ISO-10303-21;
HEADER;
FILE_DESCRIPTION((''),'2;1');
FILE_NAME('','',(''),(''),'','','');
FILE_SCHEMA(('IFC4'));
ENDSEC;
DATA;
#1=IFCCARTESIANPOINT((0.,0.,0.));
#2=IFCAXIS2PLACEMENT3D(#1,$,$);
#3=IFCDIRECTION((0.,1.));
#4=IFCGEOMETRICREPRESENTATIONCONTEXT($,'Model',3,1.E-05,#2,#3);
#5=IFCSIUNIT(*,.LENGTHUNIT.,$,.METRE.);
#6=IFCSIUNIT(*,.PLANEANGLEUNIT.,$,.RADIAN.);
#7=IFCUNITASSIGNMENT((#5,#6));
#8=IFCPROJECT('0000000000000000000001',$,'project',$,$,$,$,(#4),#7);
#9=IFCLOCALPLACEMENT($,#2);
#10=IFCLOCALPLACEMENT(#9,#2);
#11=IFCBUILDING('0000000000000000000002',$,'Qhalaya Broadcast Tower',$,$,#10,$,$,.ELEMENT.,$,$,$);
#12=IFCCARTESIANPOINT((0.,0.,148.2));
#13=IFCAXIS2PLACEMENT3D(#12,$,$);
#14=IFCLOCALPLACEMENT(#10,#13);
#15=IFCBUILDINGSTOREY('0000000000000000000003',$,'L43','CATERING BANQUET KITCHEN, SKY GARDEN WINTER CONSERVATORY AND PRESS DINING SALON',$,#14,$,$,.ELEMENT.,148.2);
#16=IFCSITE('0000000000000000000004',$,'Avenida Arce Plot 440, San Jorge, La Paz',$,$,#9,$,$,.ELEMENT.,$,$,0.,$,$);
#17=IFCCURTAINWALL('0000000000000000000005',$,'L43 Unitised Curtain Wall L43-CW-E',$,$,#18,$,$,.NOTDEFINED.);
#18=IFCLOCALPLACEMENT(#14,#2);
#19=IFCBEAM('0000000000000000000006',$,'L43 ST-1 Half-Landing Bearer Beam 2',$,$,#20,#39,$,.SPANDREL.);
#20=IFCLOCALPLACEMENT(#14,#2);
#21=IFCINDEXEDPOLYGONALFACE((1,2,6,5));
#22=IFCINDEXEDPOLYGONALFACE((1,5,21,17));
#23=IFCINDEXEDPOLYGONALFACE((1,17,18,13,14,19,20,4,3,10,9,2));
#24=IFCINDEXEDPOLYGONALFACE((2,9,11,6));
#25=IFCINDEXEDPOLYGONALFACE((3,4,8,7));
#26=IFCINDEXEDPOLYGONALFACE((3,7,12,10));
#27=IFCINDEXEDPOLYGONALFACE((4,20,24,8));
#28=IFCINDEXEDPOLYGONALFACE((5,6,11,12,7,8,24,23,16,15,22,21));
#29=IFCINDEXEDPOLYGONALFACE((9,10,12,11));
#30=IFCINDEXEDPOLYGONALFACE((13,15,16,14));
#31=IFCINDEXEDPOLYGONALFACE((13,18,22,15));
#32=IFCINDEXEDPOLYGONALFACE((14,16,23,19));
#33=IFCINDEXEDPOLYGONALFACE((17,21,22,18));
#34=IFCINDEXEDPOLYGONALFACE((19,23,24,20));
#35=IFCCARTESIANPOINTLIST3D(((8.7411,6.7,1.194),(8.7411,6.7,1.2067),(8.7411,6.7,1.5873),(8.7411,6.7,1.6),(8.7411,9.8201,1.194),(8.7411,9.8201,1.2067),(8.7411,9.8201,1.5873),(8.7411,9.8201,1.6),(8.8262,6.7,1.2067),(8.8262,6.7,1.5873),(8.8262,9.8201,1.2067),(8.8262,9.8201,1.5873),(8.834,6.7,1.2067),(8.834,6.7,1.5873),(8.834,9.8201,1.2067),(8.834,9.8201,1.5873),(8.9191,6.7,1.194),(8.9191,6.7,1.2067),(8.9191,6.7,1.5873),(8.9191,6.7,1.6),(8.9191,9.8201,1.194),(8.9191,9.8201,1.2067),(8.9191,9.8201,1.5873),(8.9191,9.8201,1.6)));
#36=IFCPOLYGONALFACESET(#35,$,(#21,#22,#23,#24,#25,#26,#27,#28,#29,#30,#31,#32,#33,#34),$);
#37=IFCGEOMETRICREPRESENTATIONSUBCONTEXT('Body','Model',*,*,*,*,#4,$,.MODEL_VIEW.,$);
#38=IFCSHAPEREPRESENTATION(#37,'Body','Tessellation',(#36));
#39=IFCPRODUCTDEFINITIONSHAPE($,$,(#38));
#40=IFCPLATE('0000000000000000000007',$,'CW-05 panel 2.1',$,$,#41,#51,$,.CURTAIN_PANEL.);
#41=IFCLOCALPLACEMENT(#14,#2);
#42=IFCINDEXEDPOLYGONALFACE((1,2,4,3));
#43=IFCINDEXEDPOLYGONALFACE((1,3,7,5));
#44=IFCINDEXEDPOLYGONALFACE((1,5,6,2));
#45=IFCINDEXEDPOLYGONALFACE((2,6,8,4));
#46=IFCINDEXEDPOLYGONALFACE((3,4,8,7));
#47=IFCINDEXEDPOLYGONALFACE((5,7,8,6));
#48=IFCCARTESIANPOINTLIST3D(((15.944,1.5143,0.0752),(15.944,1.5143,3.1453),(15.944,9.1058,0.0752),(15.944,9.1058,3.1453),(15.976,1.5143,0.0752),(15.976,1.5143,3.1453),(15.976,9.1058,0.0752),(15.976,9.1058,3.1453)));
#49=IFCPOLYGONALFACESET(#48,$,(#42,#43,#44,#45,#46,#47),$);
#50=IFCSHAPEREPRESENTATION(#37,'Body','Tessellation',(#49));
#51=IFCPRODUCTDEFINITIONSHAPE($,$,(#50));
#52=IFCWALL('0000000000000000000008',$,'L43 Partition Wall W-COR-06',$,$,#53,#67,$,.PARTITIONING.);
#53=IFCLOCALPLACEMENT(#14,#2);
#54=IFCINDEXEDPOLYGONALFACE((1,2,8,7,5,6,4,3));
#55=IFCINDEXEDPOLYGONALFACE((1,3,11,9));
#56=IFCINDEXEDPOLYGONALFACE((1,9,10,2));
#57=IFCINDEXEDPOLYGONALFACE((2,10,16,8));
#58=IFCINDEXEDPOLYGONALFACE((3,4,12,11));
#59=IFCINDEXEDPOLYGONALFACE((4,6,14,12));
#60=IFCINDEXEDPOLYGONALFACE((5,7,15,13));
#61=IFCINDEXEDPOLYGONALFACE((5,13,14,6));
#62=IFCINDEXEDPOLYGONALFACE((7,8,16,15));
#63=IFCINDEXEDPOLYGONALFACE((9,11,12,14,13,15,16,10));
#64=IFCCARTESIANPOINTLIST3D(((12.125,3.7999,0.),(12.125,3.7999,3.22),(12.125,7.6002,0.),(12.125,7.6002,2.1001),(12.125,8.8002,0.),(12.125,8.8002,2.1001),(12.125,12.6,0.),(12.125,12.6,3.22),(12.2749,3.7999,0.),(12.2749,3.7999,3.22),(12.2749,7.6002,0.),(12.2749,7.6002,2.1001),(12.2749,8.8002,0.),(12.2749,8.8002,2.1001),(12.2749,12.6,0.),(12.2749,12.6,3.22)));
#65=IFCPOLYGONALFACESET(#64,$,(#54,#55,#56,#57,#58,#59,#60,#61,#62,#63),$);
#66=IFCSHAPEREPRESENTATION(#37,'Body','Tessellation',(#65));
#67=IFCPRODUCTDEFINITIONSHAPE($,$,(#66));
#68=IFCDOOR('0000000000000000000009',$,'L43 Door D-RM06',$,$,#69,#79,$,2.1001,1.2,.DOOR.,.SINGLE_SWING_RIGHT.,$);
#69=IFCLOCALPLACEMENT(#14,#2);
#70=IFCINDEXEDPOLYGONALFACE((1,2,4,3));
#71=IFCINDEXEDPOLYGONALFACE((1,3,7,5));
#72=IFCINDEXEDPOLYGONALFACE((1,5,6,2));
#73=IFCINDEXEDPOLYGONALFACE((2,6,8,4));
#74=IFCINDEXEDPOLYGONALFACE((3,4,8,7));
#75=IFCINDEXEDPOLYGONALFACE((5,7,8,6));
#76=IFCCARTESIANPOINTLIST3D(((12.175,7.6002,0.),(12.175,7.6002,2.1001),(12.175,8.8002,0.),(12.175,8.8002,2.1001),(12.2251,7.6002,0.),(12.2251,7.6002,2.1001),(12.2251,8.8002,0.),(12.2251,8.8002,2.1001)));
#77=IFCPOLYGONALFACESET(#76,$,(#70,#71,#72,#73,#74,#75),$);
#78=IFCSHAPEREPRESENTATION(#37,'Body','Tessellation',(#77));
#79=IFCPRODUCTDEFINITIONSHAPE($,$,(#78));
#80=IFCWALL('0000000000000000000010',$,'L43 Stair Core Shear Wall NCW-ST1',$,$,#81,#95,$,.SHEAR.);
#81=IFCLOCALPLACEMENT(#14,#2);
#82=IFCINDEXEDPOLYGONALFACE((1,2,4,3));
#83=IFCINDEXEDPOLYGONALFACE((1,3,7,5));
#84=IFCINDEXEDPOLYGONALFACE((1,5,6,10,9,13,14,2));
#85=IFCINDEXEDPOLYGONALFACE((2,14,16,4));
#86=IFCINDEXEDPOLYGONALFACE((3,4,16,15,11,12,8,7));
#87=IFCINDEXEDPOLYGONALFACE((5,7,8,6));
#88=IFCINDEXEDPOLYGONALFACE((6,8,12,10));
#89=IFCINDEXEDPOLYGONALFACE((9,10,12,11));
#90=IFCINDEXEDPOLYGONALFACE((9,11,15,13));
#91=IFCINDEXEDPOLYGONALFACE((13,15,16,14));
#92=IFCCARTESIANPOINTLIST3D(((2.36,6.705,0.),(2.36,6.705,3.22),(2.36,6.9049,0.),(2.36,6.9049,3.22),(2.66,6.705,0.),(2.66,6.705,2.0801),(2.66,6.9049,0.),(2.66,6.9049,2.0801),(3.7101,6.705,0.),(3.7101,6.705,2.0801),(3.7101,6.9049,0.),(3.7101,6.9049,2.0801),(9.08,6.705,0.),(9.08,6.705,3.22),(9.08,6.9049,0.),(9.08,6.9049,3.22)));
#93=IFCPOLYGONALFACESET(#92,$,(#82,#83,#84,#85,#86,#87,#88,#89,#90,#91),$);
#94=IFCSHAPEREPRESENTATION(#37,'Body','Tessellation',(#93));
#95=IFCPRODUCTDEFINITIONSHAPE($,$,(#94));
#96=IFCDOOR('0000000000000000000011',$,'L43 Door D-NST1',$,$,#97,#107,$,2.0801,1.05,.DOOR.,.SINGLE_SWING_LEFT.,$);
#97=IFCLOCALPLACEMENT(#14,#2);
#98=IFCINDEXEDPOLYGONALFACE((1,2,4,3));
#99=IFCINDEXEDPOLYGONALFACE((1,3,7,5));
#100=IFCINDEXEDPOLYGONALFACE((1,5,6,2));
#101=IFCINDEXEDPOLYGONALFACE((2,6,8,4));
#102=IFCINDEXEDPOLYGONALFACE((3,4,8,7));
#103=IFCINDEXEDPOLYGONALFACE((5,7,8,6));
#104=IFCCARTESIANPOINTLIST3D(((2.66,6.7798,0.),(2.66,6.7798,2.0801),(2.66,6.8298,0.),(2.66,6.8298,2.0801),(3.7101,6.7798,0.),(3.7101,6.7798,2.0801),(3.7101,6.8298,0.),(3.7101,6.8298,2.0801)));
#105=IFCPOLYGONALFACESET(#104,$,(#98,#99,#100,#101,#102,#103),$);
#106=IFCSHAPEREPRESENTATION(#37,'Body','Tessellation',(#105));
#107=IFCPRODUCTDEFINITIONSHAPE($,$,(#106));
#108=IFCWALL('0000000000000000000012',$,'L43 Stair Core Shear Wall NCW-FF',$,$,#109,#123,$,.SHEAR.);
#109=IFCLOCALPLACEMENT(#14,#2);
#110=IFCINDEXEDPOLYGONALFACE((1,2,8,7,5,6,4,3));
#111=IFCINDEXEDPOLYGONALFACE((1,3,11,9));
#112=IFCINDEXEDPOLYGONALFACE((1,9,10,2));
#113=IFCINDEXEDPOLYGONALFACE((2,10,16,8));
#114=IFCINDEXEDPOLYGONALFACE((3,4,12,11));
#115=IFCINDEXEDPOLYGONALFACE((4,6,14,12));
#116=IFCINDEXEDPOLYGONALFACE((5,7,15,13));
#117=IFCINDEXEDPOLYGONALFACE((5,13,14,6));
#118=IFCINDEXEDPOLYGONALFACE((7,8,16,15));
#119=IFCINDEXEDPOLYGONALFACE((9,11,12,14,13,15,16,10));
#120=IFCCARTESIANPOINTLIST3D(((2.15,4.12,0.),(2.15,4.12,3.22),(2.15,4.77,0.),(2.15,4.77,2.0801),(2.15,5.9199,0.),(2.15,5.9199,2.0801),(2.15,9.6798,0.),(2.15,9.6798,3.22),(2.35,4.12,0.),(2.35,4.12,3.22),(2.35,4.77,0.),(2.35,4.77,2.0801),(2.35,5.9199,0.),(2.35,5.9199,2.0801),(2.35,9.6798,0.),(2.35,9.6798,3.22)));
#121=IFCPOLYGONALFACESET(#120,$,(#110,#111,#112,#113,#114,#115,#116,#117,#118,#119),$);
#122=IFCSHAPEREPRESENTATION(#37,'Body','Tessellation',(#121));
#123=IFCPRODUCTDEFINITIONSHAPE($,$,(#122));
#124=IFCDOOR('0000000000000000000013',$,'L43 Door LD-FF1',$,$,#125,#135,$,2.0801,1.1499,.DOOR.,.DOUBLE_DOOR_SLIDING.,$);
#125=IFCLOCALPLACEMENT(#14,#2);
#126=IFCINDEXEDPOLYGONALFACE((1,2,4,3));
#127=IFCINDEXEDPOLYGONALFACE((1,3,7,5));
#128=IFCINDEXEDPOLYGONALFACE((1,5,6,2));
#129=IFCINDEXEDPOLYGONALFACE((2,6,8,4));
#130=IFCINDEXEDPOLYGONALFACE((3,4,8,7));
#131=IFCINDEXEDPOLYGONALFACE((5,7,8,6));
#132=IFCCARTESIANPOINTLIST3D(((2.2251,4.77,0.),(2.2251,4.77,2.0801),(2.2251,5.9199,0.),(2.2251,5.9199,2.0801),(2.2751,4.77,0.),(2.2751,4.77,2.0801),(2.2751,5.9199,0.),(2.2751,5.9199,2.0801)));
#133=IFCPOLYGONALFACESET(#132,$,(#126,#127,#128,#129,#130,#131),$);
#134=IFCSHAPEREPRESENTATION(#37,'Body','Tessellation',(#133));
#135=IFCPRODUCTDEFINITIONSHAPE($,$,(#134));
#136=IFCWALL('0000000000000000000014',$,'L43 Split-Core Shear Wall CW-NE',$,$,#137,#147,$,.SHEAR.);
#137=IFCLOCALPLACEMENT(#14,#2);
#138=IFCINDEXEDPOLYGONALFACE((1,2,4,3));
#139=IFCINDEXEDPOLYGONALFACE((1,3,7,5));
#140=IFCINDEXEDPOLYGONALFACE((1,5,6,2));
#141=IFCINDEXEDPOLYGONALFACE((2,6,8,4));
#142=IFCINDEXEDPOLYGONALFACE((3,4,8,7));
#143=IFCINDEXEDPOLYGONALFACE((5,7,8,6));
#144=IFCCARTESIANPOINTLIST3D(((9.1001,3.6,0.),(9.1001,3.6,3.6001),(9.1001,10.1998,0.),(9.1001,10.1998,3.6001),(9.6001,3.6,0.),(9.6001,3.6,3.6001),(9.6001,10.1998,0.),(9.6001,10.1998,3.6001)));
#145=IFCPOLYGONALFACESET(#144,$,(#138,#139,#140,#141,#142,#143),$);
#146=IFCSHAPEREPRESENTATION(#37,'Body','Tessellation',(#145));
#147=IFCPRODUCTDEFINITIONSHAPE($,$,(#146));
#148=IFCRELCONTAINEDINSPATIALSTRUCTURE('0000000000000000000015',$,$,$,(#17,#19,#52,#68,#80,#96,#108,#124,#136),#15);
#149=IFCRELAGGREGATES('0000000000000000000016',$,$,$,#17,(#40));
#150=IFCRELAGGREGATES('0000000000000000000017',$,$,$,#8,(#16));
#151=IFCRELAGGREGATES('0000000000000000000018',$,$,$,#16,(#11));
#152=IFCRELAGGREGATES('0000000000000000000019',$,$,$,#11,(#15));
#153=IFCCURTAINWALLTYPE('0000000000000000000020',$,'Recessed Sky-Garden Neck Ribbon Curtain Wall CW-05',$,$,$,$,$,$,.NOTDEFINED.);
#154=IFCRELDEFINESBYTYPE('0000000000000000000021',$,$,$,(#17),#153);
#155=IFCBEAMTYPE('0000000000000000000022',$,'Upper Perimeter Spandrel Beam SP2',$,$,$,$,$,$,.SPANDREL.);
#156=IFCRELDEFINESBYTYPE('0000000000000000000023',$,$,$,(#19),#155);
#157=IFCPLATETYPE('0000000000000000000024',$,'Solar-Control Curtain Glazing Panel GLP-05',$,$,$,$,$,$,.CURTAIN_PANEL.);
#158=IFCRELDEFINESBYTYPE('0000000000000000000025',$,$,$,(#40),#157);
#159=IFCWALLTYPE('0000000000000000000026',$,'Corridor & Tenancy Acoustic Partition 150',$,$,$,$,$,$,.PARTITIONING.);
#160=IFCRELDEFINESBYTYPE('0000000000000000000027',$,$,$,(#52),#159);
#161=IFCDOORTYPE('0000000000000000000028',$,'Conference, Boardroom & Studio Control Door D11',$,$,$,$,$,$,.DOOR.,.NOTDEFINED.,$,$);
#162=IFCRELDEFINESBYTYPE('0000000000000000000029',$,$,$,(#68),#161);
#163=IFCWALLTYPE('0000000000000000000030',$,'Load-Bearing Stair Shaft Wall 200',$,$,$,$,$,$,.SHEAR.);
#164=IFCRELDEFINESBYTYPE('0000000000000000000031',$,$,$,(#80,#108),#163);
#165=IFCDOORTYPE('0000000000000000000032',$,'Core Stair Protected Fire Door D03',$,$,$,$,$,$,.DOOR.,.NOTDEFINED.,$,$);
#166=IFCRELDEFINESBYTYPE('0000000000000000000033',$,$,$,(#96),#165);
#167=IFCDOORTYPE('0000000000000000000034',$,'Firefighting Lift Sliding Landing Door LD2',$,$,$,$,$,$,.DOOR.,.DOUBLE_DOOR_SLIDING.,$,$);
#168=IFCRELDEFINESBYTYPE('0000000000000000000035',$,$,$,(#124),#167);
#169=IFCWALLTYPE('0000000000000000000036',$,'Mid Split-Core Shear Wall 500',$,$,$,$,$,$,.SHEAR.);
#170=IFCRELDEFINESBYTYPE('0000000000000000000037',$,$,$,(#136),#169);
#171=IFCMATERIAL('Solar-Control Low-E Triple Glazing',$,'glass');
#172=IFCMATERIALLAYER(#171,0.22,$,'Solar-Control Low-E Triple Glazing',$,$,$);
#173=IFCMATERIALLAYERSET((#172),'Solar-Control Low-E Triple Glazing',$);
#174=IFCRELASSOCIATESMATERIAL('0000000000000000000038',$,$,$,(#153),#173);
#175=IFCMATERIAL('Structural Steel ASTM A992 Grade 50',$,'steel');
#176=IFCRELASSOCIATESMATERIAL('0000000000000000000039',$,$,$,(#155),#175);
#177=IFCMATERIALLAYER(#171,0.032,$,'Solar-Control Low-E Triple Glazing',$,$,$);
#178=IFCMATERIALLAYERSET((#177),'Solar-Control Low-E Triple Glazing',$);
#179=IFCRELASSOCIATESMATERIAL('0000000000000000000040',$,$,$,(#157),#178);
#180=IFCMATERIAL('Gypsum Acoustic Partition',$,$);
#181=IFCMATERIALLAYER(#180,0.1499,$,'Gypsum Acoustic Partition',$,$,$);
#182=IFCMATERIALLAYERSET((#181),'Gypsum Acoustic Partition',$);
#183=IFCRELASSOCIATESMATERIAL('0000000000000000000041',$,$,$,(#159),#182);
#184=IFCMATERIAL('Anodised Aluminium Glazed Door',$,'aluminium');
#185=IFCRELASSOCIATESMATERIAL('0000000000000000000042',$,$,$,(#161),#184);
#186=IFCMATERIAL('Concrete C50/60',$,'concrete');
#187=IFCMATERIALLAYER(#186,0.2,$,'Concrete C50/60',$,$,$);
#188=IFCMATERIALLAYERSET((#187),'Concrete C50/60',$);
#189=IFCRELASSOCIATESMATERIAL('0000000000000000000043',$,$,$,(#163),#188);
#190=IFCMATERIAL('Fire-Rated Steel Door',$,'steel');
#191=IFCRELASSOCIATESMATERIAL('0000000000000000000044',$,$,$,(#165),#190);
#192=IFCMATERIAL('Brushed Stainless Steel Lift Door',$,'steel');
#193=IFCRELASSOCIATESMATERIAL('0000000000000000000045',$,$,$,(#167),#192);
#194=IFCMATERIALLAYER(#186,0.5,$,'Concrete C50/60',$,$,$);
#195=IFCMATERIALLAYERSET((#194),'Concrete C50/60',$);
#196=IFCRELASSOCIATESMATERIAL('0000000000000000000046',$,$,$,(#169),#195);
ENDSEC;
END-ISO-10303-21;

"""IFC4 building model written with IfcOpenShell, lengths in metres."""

from ifc_helpers import new_model, si_unit, direction, frame, frame_2d, origin, origin_2d, place, context, subcontext, project, spatial, rectangle, i_section, extrude, material, layer, layer_set, material_profile, profile_set, type_object, element, fill, aggregate, save


model = new_model("IFC4")

# Units and contexts
model_context = context("Model", 3, precision=1e-05, world=origin(), true_north=direction((0.0, 1.0)))
body_context = subcontext(model_context, "Body", "Model", "MODEL_VIEW")
ifc_project = project(units=[si_unit("LENGTHUNIT", "METRE"), si_unit("PLANEANGLEUNIT", "RADIAN")], contexts=[model_context])

# Site, building, storey
site_placement = place(None, origin())
site = spatial("IfcSite", under=ifc_project, at=site_placement, Name="Avenida Arce Plot 440, San Jorge, La Paz", CompositionType="ELEMENT", RefElevation=0.0)
building_placement = place(site_placement, origin())
building = spatial("IfcBuilding", under=site, at=building_placement, Name="Qhalaya Broadcast Tower", CompositionType="ELEMENT")
storey_placement = place(building_placement, frame((0.0, 0.0, 148.2)))
storey = spatial("IfcBuildingStorey", under=building, at=storey_placement, Name="L43", Description="CATERING BANQUET KITCHEN, SKY GARDEN WINTER CONSERVATORY AND PRESS DINING SALON", CompositionType="ELEMENT", Elevation=148.2)

# Shared definitions
ifc_material_1 = material(Name="Concrete C50/60", Category="concrete")

# Shared definitions
ifc_material_2 = material(Name="Structural Steel ASTM A992 Grade 50", Category="steel")

# Curtain wall
ifc_material_3 = material(Name="Solar-Control Low-E Triple Glazing", Category="glass")
ifc_layer_1 = layer(ifc_material_3, 0.22, Name="Solar-Control Low-E Triple Glazing")
ifc_layer_set_1 = layer_set([ifc_layer_1], Name="Solar-Control Low-E Triple Glazing")
curtain_wall_type = type_object("IfcCurtainWallType", Name="Recessed Sky-Garden Neck Ribbon Curtain Wall CW-05", PredefinedType="NOTDEFINED", material=ifc_layer_set_1)
curtain_wall_placement = place(storey_placement, origin())
curtain_wall = element("IfcCurtainWall", 1, at=curtain_wall_placement, inside=storey, type_object=curtain_wall_type, Name="L43 Unitised Curtain Wall L43-CW-E", PredefinedType="NOTDEFINED")

# Beam
ifc_material_profile_1 = material_profile(ifc_material_2, i_section(OverallWidth=0.178, OverallDepth=0.406, WebThickness=0.0078, FlangeThickness=0.0127, at=origin_2d()), Name="W16X40")
ifc_profile_set_1 = profile_set([ifc_material_profile_1], Name="Structural Steel ASTM A992 Grade 50")
beam_type_1 = type_object("IfcBeamType", Name="Upper Perimeter Spandrel Beam SP2", PredefinedType="SPANDREL", material=ifc_profile_set_1)
for number, where, z_axis, x_axis, name in (
    (2, (8.8301, 6.7, 1.397), (0.0, 1.0, 0.0), (-1.0, 0.0, 0.0), "L43 ST-1 Half-Landing Bearer Beam 2"),
):
    element("IfcBeam", number, at=place(storey_placement, frame(where, z_axis=z_axis, x_axis=x_axis)), inside=storey, type_object=beam_type_1, Name=name, PredefinedType="SPANDREL", context=body_context, shape_type="SweptSolid", body=[
        extrude(i_section(OverallWidth=0.178, OverallDepth=0.406, WebThickness=0.0078, FlangeThickness=0.0127, at=origin_2d()), origin(), (0.0, 0.0, 1.0), 3.1201),
    ])

# Plate
ifc_layer_2 = layer(ifc_material_3, 0.032, Name="Solar-Control Low-E Triple Glazing")
ifc_layer_set_2 = layer_set([ifc_layer_2], Name="Solar-Control Low-E Triple Glazing")
plate_type = type_object("IfcPlateType", Name="Solar-Control Curtain Glazing Panel GLP-05", PredefinedType="CURTAIN_PANEL", material=ifc_layer_set_2)
plate_placement = place(storey_placement, frame((15.96, 5.3101, 0.0752), z_axis=(0.0, 0.0, 1.0), x_axis=(0.0, 1.0, 0.0)))
plate = element("IfcPlate", 3, at=plate_placement, type_object=plate_type, Name="CW-05 panel 2.1", PredefinedType="CURTAIN_PANEL", context=body_context, shape_type="SweptSolid", body=[
    extrude(rectangle(XDim=7.5916, YDim=0.032, at=origin_2d()), origin(), (0.0, 0.0, 1.0), 3.0701),
])
aggregate(curtain_wall, [plate])

# Walls, openings, doors
ifc_material_4 = material(Name="Gypsum Acoustic Partition")
ifc_layer_3 = layer(ifc_material_4, 0.1499, Name="Gypsum Acoustic Partition")
ifc_layer_set_3 = layer_set([ifc_layer_3], Name="Gypsum Acoustic Partition")
wall_type_1 = type_object("IfcWallType", Name="Corridor & Tenancy Acoustic Partition 150", PredefinedType="PARTITIONING", material=ifc_layer_set_3)
wall_1_placement = place(storey_placement, frame((12.2, 3.8, 0.0), z_axis=(0.0, 0.0, 1.0), x_axis=(0.0, 1.0, 0.0)))
wall_1 = element("IfcWall", 4, at=wall_1_placement, inside=storey, type_object=wall_type_1, Name="L43 Partition Wall W-COR-06", PredefinedType="PARTITIONING", context=body_context, shape_type="SweptSolid", body=[
    extrude(rectangle(XDim=8.8, YDim=0.1499, at=frame_2d((4.3999, 0.0))), origin(), (0.0, 0.0, 1.0), 3.22),
])
opening_1_placement = place(wall_1_placement, frame((3.8, 0.0, 0.0)))
opening_1 = element("IfcOpeningElement", 5, at=opening_1_placement, cuts=wall_1, PredefinedType="OPENING", context=body_context, shape_type="SweptSolid", body=[
    extrude(rectangle(XDim=1.2, YDim=2.1001, at=frame_2d((0.6001, 1.05))), frame((0.0, 0.0869, 0.0), z_axis=(0.0, -1.0, 0.0), x_axis=(1.0, 0.0, 0.0)), (0.0, 0.0, 1.0), 0.1738),
])
ifc_material_5 = material(Name="Anodised Aluminium Glazed Door", Category="aluminium")
door_type_1 = type_object("IfcDoorType", Name="Conference, Boardroom & Studio Control Door D11", OperationType="NOTDEFINED", PredefinedType="DOOR", material=ifc_material_5)
door_1_placement = place(opening_1_placement, origin())
door_1 = element("IfcDoor", 6, at=door_1_placement, inside=storey, type_object=door_type_1, Name="L43 Door D-RM06", OperationType="SINGLE_SWING_RIGHT", OverallHeight=2.1001, OverallWidth=1.2, PredefinedType="DOOR", context=body_context, shape_type="SweptSolid", body=[
    extrude(rectangle(XDim=1.2, YDim=2.1001, at=frame_2d((0.6001, 1.05))), frame((0.0, 0.0249, 0.0), z_axis=(0.0, -1.0, 0.0), x_axis=(1.0, 0.0, 0.0)), (0.0, 0.0, 1.0), 0.05),
])
fill(opening_1, door_1)
ifc_layer_4 = layer(ifc_material_1, 0.2, Name="Concrete C50/60")
ifc_layer_set_4 = layer_set([ifc_layer_4], Name="Concrete C50/60")
wall_type_2 = type_object("IfcWallType", Name="Load-Bearing Stair Shaft Wall 200", PredefinedType="SHEAR", material=ifc_layer_set_4)
wall_2_placement = place(storey_placement, frame((2.3601, 6.8049, 0.0), z_axis=(0.0, 0.0, 1.0), x_axis=(1.0, 0.0, 0.0)))
wall_2 = element("IfcWall", 7, at=wall_2_placement, inside=storey, type_object=wall_type_2, Name="L43 Stair Core Shear Wall NCW-ST1", PredefinedType="SHEAR", context=body_context, shape_type="SweptSolid", body=[
    extrude(rectangle(XDim=6.72, YDim=0.2, at=frame_2d((3.3599, 0.0))), origin(), (0.0, 0.0, 1.0), 3.22),
])
opening_2_placement = place(wall_2_placement, frame((0.3, 0.0, 0.0)))
opening_2 = element("IfcOpeningElement", 8, at=opening_2_placement, cuts=wall_2, PredefinedType="OPENING", context=body_context, shape_type="SweptSolid", body=[
    extrude(rectangle(XDim=1.05, YDim=2.0801, at=frame_2d((0.5249, 1.04))), frame((0.0, 0.1121, 0.0), z_axis=(0.0, -1.0, 0.0), x_axis=(1.0, 0.0, 0.0)), (0.0, 0.0, 1.0), 0.2239),
])
ifc_material_6 = material(Name="Fire-Rated Steel Door", Category="steel")
door_type_2 = type_object("IfcDoorType", Name="Core Stair Protected Fire Door D03", OperationType="NOTDEFINED", PredefinedType="DOOR", material=ifc_material_6)
door_2_placement = place(opening_2_placement, origin())
door_2 = element("IfcDoor", 9, at=door_2_placement, inside=storey, type_object=door_type_2, Name="L43 Door D-NST1", OperationType="SINGLE_SWING_LEFT", OverallHeight=2.0801, OverallWidth=1.05, PredefinedType="DOOR", context=body_context, shape_type="SweptSolid", body=[
    extrude(rectangle(XDim=1.05, YDim=2.0801, at=frame_2d((0.5249, 1.04))), frame((0.0, 0.0249, 0.0), z_axis=(0.0, -1.0, 0.0), x_axis=(1.0, 0.0, 0.0)), (0.0, 0.0, 1.0), 0.05),
])
fill(opening_2, door_2)
wall_3_placement = place(storey_placement, frame((2.25, 4.1201, 0.0), z_axis=(0.0, 0.0, 1.0), x_axis=(0.0, 1.0, 0.0)))
wall_3 = element("IfcWall", 10, at=wall_3_placement, inside=storey, type_object=wall_type_2, Name="L43 Stair Core Shear Wall NCW-FF", PredefinedType="SHEAR", context=body_context, shape_type="SweptSolid", body=[
    extrude(rectangle(XDim=5.5598, YDim=0.2, at=frame_2d((2.7798, 0.0))), origin(), (0.0, 0.0, 1.0), 3.22),
])
opening_3_placement = place(wall_3_placement, frame((0.6499, 0.0, 0.0)))
opening_3 = element("IfcOpeningElement", 11, at=opening_3_placement, cuts=wall_3, PredefinedType="OPENING", context=body_context, shape_type="SweptSolid", body=[
    extrude(rectangle(XDim=1.1499, YDim=2.0801, at=frame_2d((0.575, 1.04))), frame((0.0, 0.1121, 0.0), z_axis=(0.0, -1.0, 0.0), x_axis=(1.0, 0.0, 0.0)), (0.0, 0.0, 1.0), 0.2239),
])
ifc_material_7 = material(Name="Brushed Stainless Steel Lift Door", Category="steel")
door_type_3 = type_object("IfcDoorType", Name="Firefighting Lift Sliding Landing Door LD2", OperationType="DOUBLE_DOOR_SLIDING", PredefinedType="DOOR", material=ifc_material_7)
door_3_placement = place(opening_3_placement, origin())
door_3 = element("IfcDoor", 12, at=door_3_placement, inside=storey, type_object=door_type_3, Name="L43 Door LD-FF1", OperationType="DOUBLE_DOOR_SLIDING", OverallHeight=2.0801, OverallWidth=1.1499, PredefinedType="DOOR", context=body_context, shape_type="SweptSolid", body=[
    extrude(rectangle(XDim=1.1499, YDim=2.0801, at=frame_2d((0.575, 1.04))), frame((0.0, 0.0249, 0.0), z_axis=(0.0, -1.0, 0.0), x_axis=(1.0, 0.0, 0.0)), (0.0, 0.0, 1.0), 0.05),
])
fill(opening_3, door_3)

# Wall
ifc_layer_5 = layer(ifc_material_1, 0.5, Name="Concrete C50/60")
ifc_layer_set_5 = layer_set([ifc_layer_5], Name="Concrete C50/60")
wall_type_3 = type_object("IfcWallType", Name="Mid Split-Core Shear Wall 500", PredefinedType="SHEAR", material=ifc_layer_set_5)
wall_4_placement = place(storey_placement, frame((9.3501, 3.6001, 0.0), z_axis=(0.0, 0.0, 1.0), x_axis=(0.0, 1.0, 0.0)))
element("IfcWall", 13, at=wall_4_placement, inside=storey, type_object=wall_type_3, Name="L43 Split-Core Shear Wall CW-NE", PredefinedType="SHEAR", context=body_context, shape_type="SweptSolid", body=[
    extrude(rectangle(XDim=6.5999, YDim=0.5, at=frame_2d((3.2998, 0.0))), origin(), (0.0, 0.0, 1.0), 3.6001),
])

save(model, "model.ifc")
